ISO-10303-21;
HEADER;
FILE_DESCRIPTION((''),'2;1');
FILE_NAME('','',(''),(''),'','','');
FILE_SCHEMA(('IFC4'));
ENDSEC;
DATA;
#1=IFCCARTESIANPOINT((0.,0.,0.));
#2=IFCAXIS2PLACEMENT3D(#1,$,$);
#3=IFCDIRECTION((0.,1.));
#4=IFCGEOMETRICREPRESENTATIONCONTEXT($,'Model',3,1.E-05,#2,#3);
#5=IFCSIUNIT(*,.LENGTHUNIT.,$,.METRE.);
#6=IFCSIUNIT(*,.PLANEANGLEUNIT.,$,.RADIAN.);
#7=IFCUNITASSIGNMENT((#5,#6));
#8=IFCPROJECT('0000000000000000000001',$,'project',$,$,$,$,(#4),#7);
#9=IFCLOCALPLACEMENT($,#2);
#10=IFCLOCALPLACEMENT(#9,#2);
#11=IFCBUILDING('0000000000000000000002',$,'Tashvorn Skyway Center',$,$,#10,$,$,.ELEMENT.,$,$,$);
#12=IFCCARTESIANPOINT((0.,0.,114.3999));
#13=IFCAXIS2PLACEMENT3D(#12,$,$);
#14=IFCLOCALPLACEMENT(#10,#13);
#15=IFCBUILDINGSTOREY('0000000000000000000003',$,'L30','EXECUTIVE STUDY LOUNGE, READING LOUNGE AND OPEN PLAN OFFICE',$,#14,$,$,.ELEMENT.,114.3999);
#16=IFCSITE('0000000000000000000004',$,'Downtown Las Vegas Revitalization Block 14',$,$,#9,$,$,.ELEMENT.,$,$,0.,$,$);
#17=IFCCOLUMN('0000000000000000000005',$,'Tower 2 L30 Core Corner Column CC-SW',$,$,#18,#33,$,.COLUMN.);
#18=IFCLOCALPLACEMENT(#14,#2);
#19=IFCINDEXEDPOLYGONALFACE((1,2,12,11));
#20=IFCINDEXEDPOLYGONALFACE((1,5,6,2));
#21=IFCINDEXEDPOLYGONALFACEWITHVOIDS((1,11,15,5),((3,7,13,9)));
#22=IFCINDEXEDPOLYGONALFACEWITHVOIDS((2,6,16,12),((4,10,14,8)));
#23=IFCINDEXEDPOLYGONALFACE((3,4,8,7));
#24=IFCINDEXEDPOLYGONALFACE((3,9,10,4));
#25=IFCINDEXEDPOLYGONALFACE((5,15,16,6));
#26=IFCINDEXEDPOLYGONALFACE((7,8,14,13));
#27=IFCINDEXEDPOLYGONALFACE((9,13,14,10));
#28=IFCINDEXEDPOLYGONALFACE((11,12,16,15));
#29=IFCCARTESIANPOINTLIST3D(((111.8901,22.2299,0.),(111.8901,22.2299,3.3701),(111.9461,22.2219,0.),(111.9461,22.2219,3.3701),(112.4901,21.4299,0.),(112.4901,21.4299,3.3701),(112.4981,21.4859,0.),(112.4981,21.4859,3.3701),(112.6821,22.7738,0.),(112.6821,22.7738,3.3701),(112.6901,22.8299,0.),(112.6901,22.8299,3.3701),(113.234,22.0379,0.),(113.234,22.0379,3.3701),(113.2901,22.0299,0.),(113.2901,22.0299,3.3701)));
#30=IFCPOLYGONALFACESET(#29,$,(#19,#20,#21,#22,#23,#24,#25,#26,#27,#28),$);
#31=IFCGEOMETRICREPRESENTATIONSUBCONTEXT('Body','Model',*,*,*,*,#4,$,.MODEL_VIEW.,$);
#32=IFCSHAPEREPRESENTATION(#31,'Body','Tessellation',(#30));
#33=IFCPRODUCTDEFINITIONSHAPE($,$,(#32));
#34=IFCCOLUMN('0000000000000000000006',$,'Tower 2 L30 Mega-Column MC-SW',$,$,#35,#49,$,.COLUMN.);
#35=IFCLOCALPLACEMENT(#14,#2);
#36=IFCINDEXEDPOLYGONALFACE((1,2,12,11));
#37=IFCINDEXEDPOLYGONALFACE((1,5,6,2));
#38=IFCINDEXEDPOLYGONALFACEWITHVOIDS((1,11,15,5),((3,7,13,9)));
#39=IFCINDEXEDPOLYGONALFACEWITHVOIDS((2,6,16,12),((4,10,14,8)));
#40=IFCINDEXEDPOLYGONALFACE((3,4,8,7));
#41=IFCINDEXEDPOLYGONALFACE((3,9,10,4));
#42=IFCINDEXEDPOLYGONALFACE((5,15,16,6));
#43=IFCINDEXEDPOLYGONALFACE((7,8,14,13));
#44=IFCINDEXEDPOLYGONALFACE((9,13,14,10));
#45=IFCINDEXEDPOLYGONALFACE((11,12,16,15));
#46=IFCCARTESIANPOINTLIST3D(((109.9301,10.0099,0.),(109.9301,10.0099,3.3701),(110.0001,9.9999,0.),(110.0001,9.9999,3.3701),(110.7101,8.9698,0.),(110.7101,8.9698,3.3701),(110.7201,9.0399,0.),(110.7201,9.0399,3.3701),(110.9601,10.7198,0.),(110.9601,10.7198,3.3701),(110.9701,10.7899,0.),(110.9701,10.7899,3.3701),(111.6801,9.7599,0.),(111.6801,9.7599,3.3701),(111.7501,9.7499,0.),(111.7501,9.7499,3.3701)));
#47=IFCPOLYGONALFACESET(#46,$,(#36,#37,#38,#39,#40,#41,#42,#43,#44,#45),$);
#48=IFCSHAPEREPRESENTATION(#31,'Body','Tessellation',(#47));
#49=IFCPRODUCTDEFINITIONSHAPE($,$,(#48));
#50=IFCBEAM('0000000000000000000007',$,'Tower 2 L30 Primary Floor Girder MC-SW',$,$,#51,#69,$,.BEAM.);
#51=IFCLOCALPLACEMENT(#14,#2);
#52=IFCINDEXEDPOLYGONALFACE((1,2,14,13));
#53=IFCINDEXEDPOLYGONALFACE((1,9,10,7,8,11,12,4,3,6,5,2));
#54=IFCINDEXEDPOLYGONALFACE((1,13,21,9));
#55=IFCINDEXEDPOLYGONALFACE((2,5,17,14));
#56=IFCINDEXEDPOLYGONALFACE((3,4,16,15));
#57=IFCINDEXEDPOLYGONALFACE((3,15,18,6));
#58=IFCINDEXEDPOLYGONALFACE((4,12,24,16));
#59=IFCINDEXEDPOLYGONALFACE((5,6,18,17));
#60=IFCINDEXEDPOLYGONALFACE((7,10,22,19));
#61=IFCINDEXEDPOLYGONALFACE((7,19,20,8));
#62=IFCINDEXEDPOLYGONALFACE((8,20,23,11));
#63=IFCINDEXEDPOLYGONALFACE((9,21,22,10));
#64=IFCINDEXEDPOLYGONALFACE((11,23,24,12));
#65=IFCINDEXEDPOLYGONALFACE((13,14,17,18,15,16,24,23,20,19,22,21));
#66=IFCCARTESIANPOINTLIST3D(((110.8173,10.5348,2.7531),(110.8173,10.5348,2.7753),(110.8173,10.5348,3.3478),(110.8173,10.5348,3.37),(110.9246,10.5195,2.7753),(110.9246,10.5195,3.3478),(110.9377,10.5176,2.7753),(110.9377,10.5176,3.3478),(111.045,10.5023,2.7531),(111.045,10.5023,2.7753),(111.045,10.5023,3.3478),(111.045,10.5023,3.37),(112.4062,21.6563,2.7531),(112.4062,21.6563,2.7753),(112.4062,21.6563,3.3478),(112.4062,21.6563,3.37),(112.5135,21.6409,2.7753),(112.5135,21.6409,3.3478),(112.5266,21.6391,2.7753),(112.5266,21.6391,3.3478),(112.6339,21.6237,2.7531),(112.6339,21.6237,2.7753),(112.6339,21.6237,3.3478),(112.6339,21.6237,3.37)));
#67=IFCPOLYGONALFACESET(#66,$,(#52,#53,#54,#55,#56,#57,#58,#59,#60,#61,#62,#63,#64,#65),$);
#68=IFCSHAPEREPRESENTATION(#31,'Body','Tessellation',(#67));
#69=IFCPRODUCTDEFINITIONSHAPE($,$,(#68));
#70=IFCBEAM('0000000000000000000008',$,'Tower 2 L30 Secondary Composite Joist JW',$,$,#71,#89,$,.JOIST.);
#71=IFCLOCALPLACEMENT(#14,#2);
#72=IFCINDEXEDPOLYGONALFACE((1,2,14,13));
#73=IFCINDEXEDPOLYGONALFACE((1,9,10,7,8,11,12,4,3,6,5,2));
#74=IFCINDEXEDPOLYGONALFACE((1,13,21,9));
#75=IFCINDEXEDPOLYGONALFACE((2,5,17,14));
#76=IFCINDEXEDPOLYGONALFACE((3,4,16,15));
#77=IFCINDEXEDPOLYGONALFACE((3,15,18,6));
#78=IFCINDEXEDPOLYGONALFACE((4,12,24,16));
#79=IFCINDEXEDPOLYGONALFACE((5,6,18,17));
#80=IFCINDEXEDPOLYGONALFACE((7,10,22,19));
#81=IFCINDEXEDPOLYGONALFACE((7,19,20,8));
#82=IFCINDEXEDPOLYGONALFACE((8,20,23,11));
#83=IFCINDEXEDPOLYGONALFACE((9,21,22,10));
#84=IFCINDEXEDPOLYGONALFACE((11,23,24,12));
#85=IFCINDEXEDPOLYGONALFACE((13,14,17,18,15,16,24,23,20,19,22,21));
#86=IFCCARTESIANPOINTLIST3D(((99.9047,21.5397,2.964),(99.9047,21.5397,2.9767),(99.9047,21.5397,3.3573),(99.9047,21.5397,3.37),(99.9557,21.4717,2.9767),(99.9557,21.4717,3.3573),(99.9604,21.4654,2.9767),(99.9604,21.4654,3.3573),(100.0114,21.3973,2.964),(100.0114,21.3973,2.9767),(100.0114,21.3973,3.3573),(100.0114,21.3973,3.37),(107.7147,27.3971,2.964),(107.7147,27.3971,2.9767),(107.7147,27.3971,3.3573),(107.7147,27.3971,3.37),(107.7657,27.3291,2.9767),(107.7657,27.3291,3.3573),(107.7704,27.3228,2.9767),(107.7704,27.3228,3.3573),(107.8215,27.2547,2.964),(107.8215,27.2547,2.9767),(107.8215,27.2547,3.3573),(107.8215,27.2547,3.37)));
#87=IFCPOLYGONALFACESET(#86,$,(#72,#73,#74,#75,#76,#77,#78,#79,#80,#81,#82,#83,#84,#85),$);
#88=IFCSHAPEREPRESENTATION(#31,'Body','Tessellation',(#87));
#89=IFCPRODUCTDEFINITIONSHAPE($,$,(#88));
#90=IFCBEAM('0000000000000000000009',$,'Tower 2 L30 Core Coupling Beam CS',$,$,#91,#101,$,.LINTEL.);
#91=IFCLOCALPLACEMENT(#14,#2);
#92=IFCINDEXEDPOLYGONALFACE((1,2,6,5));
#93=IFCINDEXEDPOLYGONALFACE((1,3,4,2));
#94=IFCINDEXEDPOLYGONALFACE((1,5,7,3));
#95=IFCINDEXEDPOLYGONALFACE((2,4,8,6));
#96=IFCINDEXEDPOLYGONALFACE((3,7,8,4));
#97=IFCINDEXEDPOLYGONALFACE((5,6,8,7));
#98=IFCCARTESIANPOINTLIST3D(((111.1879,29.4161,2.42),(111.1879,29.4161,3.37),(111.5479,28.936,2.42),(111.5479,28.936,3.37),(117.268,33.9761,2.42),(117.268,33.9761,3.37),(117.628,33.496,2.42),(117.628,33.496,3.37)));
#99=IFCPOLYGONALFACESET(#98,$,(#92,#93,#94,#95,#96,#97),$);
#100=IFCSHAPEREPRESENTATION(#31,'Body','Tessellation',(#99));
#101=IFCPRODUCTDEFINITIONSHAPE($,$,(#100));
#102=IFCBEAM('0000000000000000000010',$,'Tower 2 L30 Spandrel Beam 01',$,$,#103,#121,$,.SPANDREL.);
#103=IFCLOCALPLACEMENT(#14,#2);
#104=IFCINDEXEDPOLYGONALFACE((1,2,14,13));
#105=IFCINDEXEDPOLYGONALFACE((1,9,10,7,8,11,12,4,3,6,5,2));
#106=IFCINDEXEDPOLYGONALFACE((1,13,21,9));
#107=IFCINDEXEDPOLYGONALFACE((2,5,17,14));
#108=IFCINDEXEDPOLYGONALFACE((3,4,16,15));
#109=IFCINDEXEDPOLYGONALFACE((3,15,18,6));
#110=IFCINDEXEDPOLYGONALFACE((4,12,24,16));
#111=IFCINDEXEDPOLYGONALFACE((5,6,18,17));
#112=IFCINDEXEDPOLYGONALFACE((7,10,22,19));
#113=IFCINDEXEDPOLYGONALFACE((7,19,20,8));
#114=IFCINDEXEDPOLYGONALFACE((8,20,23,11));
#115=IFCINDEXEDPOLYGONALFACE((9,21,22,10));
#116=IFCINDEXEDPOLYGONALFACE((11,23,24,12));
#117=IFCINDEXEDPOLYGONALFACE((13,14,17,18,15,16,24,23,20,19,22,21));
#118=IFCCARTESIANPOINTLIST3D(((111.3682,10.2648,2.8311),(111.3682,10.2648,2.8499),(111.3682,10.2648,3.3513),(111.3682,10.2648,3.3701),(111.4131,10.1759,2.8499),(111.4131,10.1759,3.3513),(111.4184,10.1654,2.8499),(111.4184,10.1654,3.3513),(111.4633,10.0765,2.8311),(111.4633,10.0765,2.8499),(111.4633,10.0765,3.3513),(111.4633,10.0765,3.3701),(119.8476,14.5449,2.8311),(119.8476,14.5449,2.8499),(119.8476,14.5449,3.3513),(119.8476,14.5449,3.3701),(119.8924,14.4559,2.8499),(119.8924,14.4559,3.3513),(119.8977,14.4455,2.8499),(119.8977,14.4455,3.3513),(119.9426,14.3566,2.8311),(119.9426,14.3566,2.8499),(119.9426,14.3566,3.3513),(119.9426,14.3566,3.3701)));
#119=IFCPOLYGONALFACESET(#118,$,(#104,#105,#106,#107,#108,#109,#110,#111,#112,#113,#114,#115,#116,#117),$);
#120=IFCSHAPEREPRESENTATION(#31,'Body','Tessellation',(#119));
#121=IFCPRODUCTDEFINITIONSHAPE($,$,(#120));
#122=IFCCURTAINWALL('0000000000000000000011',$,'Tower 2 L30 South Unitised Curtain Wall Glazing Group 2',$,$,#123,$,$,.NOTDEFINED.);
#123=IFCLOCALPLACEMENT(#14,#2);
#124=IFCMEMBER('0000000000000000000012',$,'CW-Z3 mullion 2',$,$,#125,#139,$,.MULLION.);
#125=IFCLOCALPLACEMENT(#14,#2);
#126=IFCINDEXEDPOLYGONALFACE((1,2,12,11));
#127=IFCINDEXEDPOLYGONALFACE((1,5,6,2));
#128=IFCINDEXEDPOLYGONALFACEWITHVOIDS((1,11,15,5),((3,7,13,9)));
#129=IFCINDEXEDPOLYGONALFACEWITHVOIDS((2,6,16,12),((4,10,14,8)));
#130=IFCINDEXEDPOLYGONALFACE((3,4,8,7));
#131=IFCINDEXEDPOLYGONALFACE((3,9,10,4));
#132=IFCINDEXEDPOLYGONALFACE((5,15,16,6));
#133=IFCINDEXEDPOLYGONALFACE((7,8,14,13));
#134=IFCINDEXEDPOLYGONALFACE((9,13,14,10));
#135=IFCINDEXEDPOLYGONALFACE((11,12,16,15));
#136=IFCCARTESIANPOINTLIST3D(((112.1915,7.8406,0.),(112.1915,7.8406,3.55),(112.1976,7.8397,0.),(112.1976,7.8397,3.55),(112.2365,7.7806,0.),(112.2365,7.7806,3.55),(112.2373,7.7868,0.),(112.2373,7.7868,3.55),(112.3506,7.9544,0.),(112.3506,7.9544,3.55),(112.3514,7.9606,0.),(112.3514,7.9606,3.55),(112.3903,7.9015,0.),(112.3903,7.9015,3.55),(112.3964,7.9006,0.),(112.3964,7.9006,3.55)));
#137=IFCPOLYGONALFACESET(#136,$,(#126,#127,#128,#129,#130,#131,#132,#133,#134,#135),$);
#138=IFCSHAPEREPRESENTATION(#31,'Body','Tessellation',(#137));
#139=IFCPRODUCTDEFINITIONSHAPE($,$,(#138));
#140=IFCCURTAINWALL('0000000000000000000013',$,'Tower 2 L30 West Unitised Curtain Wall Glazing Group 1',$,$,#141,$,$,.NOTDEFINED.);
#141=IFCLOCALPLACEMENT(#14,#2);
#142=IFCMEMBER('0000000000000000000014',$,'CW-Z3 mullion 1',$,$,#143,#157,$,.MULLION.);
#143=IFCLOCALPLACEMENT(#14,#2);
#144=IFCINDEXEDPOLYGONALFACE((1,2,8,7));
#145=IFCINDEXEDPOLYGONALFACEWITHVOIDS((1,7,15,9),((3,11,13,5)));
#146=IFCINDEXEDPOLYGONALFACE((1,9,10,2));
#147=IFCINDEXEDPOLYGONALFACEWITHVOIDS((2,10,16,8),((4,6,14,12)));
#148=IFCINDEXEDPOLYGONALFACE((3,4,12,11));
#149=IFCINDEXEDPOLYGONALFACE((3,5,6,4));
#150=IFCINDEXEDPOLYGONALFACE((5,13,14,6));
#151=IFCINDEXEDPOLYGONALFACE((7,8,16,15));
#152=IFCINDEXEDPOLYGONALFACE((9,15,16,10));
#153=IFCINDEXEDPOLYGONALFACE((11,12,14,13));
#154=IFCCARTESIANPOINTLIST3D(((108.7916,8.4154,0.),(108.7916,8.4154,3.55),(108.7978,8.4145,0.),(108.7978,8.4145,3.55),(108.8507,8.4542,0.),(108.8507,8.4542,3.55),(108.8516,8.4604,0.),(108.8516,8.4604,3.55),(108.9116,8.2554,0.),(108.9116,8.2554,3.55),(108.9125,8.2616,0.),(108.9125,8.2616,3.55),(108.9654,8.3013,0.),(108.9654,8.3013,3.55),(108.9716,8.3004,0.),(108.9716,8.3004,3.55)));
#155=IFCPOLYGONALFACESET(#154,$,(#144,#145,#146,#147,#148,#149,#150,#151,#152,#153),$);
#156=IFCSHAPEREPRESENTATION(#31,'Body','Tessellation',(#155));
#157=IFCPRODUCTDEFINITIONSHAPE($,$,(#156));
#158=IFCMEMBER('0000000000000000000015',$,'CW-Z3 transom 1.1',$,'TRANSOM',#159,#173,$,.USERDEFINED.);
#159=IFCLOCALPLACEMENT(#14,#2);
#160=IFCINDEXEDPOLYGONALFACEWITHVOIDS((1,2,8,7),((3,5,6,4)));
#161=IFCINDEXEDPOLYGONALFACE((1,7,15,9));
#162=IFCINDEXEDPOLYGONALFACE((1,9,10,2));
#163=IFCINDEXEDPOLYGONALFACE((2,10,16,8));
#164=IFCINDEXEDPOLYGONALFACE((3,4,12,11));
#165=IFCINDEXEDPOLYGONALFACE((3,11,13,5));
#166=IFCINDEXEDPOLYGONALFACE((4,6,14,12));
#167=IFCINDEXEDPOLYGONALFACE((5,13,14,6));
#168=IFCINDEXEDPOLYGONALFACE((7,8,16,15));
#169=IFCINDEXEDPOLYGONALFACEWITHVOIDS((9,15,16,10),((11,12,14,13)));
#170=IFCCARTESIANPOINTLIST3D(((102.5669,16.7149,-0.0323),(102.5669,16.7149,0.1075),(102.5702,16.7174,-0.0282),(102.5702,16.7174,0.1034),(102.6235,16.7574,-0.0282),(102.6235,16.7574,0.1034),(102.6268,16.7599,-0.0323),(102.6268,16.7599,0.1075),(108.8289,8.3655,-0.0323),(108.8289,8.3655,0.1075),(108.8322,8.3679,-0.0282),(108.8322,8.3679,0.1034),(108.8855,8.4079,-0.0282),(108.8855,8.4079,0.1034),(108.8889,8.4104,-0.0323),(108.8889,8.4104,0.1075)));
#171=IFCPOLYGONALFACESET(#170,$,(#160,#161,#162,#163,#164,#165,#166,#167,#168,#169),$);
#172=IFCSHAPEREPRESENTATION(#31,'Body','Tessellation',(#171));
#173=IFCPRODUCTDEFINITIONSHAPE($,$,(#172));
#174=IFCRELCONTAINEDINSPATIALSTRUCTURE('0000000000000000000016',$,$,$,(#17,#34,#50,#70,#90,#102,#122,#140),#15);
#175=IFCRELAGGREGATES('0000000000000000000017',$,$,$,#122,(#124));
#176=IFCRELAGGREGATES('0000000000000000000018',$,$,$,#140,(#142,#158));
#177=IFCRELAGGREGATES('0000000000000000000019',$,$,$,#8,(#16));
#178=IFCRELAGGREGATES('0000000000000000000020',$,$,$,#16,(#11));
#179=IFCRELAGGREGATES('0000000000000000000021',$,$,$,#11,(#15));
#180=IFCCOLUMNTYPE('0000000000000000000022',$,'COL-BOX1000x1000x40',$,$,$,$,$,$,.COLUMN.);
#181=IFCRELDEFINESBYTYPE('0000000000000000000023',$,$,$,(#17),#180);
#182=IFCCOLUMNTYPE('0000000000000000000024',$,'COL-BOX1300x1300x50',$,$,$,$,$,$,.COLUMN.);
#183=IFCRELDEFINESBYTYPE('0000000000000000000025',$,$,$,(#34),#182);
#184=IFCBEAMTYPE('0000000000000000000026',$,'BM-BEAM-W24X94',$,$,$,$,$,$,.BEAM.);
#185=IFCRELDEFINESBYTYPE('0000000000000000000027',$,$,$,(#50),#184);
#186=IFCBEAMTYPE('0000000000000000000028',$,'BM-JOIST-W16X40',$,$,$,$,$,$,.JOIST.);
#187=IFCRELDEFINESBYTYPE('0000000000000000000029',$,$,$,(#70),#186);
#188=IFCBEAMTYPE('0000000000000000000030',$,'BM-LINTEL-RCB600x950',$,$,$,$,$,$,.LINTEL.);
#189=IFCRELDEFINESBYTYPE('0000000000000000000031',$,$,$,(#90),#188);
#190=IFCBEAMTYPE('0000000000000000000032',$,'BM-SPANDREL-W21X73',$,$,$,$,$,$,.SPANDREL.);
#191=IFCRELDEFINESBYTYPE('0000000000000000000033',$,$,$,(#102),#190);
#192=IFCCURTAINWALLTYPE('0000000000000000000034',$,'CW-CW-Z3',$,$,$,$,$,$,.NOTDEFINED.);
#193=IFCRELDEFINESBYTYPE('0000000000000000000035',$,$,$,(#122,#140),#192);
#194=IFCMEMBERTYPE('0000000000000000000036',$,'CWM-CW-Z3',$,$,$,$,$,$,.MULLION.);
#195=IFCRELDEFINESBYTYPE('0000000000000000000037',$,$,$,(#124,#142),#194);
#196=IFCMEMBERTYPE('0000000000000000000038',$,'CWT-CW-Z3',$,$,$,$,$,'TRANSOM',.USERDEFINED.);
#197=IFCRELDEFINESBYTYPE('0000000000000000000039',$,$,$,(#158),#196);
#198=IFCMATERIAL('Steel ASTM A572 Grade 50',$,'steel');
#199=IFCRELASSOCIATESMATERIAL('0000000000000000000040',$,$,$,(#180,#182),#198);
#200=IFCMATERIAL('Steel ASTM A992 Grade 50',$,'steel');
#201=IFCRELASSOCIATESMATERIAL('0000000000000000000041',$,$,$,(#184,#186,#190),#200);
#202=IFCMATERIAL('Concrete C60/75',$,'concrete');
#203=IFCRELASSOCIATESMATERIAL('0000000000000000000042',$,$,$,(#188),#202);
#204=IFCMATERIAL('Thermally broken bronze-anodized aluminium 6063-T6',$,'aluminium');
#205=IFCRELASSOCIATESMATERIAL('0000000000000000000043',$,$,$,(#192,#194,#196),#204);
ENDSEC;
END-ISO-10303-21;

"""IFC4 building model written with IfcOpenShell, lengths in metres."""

from ifc_helpers import new_model, si_unit, direction, frame, origin, origin_2d, place, context, subcontext, project, spatial, rectangle, hollow_rectangle, i_section, extrude, material, material_profile, profile_set, type_object, element, aggregate, save


model = new_model("IFC4")

# Units and contexts
model_context = context("Model", 3, precision=1e-05, world=origin(), true_north=direction((0.0, 1.0)))
body_context = subcontext(model_context, "Body", "Model", "MODEL_VIEW")
ifc_project = project(units=[si_unit("LENGTHUNIT", "METRE"), si_unit("PLANEANGLEUNIT", "RADIAN")], contexts=[model_context])

# Site, building, storey
site_placement = place(None, origin())
site = spatial("IfcSite", under=ifc_project, at=site_placement, Name="Downtown Las Vegas Revitalization Block 14", CompositionType="ELEMENT", RefElevation=0.0)
building_placement = place(site_placement, origin())
building = spatial("IfcBuilding", under=site, at=building_placement, Name="Tashvorn Skyway Center", CompositionType="ELEMENT")
storey_placement = place(building_placement, frame((0.0, 0.0, 114.3999)))
storey = spatial("IfcBuildingStorey", under=building, at=storey_placement, Name="L30", Description="EXECUTIVE STUDY LOUNGE, READING LOUNGE AND OPEN PLAN OFFICE", CompositionType="ELEMENT", Elevation=114.3999)

# Columns
ifc_material_1 = material(Name="Steel ASTM A572 Grade 50", Category="steel")
ifc_material_profile_1 = material_profile(ifc_material_1, hollow_rectangle(XDim=1.0, YDim=1.0, WallThickness=0.04, at=origin_2d()), Name="BOX1000x1000x40")
ifc_profile_set_1 = profile_set([ifc_material_profile_1], Name="Steel ASTM A572 Grade 50")
column_type_1 = type_object("IfcColumnType", Name="COL-BOX1000x1000x40", PredefinedType="COLUMN", material=ifc_profile_set_1)
column_1_placement = place(storey_placement, frame((112.5901, 22.1299, 0.0), z_axis=(0.0, 0.0, 1.0), x_axis=(0.8, 0.6, 0.0)))
element("IfcColumn", 1, at=column_1_placement, inside=storey, type_object=column_type_1, Name="Tower 2 L30 Core Corner Column CC-SW", PredefinedType="COLUMN", context=body_context, shape_type="SweptSolid", body=[
    extrude(hollow_rectangle(XDim=1.0, YDim=1.0, WallThickness=0.04, at=origin_2d()), origin(), (0.0, 0.0, 1.0), 3.3701),
])
ifc_material_profile_2 = material_profile(ifc_material_1, hollow_rectangle(XDim=1.3, YDim=1.3, WallThickness=0.05, at=origin_2d()), Name="BOX1300x1300x50")
ifc_profile_set_2 = profile_set([ifc_material_profile_2], Name="Steel ASTM A572 Grade 50")
column_type_2 = type_object("IfcColumnType", Name="COL-BOX1300x1300x50", PredefinedType="COLUMN", material=ifc_profile_set_2)
column_2_placement = place(storey_placement, frame((110.8401, 9.8799, 0.0), z_axis=(0.0, 0.0, 1.0), x_axis=(0.8, 0.6, 0.0)))
element("IfcColumn", 2, at=column_2_placement, inside=storey, type_object=column_type_2, Name="Tower 2 L30 Mega-Column MC-SW", PredefinedType="COLUMN", context=body_context, shape_type="SweptSolid", body=[
    extrude(hollow_rectangle(XDim=1.3, YDim=1.3, WallThickness=0.05, at=origin_2d()), origin(), (0.0, 0.0, 1.0), 3.3701),
])

# Beams
ifc_material_2 = material(Name="Steel ASTM A992 Grade 50", Category="steel")
ifc_material_profile_3 = material_profile(ifc_material_2, i_section(OverallWidth=0.23, OverallDepth=0.6169, WebThickness=0.0132, FlangeThickness=0.0222, at=origin_2d()), Name="W24X94")
ifc_profile_set_3 = profile_set([ifc_material_profile_3], Name="Steel ASTM A992 Grade 50")
beam_type_1 = type_object("IfcBeamType", Name="BM-BEAM-W24X94", PredefinedType="BEAM", material=ifc_profile_set_3)
beam_1_placement = place(storey_placement, frame((110.9312, 10.5186, 3.0615), z_axis=(0.14143, 0.989948, 0.0), x_axis=(-0.989948, 0.14143, 0.0)))
element("IfcBeam", 3, at=beam_1_placement, inside=storey, type_object=beam_type_1, Name="Tower 2 L30 Primary Floor Girder MC-SW", PredefinedType="BEAM", context=body_context, shape_type="SweptSolid", body=[
    extrude(i_section(OverallWidth=0.23, OverallDepth=0.6169, WebThickness=0.0132, FlangeThickness=0.0222, at=origin_2d()), origin(), (0.0, 0.0, 1.0), 11.2344),
])
ifc_material_profile_4 = material_profile(ifc_material_2, i_section(OverallWidth=0.178, OverallDepth=0.406, WebThickness=0.0078, FlangeThickness=0.0127, at=origin_2d()), Name="W16X40")
ifc_profile_set_4 = profile_set([ifc_material_profile_4], Name="Steel ASTM A992 Grade 50")
beam_type_2 = type_object("IfcBeamType", Name="BM-JOIST-W16X40", PredefinedType="JOIST", material=ifc_profile_set_4)
beam_2_placement = place(storey_placement, frame((107.7681, 27.3259, 3.167), z_axis=(-0.800006, -0.599992, 0.0), x_axis=(0.599992, -0.800006, 0.0)))
element("IfcBeam", 4, at=beam_2_placement, inside=storey, type_object=beam_type_2, Name="Tower 2 L30 Secondary Composite Joist JW", PredefinedType="JOIST", context=body_context, shape_type="SweptSolid", body=[
    extrude(i_section(OverallWidth=0.178, OverallDepth=0.406, WebThickness=0.0078, FlangeThickness=0.0127, at=origin_2d()), origin(), (0.0, 0.0, 1.0), 9.7625),
])
ifc_material_3 = material(Name="Concrete C60/75", Category="concrete")
ifc_material_profile_5 = material_profile(ifc_material_3, rectangle(XDim=0.6001, YDim=0.95, at=origin_2d()), Name="RCB600x950")
ifc_profile_set_5 = profile_set([ifc_material_profile_5], Name="Concrete C60/75")
beam_type_3 = type_object("IfcBeamType", Name="BM-LINTEL-RCB600x950", PredefinedType="LINTEL", material=ifc_profile_set_5)
beam_3_placement = place(storey_placement, frame((111.3679, 29.176, 2.895), z_axis=(0.8, 0.6, 0.0), x_axis=(-0.6, 0.8, 0.0)))
element("IfcBeam", 5, at=beam_3_placement, inside=storey, type_object=beam_type_3, Name="Tower 2 L30 Core Coupling Beam CS", PredefinedType="LINTEL", context=body_context, shape_type="SweptSolid", body=[
    extrude(rectangle(XDim=0.6001, YDim=0.95, at=origin_2d()), origin(), (0.0, 0.0, 1.0), 7.6001),
])
ifc_material_profile_6 = material_profile(ifc_material_2, i_section(OverallWidth=0.2109, OverallDepth=0.5391, WebThickness=0.0117, FlangeThickness=0.0188, at=origin_2d()), Name="W21X73")
ifc_profile_set_6 = profile_set([ifc_material_profile_6], Name="Steel ASTM A992 Grade 50")
beam_type_4 = type_object("IfcBeamType", Name="BM-SPANDREL-W21X73", PredefinedType="SPANDREL", material=ifc_profile_set_6)
beam_4_placement = place(storey_placement, frame((111.4158, 10.1707, 3.1006), z_axis=(0.892719, 0.450614, 0.0), x_axis=(-0.450614, 0.892719, 0.0)))
element("IfcBeam", 6, at=beam_4_placement, inside=storey, type_object=beam_type_4, Name="Tower 2 L30 Spandrel Beam 01", PredefinedType="SPANDREL", context=body_context, shape_type="SweptSolid", body=[
    extrude(i_section(OverallWidth=0.2109, OverallDepth=0.5391, WebThickness=0.0117, FlangeThickness=0.0188, at=origin_2d()), origin(), (0.0, 0.0, 1.0), 9.4983),
])

# Curtain wall, member
ifc_material_4 = material(Name="Thermally broken bronze-anodized aluminium 6063-T6", Category="aluminium")
curtain_wall_type = type_object("IfcCurtainWallType", Name="CW-CW-Z3", PredefinedType="NOTDEFINED", material=ifc_material_4)
curtain_wall_1_placement = place(storey_placement, origin())
curtain_wall_1 = element("IfcCurtainWall", 7, at=curtain_wall_1_placement, inside=storey, type_object=curtain_wall_type, Name="Tower 2 L30 South Unitised Curtain Wall Glazing Group 2", PredefinedType="NOTDEFINED")
ifc_material_profile_7 = material_profile(ifc_material_4, hollow_rectangle(XDim=0.075, YDim=0.2, WallThickness=0.0044, at=origin_2d()), Name="ALU-MULL-75x200")
ifc_profile_set_7 = profile_set([ifc_material_profile_7], Name="Thermally broken bronze-anodized aluminium 6063-T6")
member_type_1 = type_object("IfcMemberType", Name="CWM-CW-Z3", PredefinedType="MULLION", material=ifc_profile_set_7)
member_1_placement = place(storey_placement, frame((112.2939, 7.8706, 0.0), z_axis=(0.0, 0.0, 1.0), x_axis=(0.600002, -0.799999, 0.0)))
member_1 = element("IfcMember", 8, at=member_1_placement, type_object=member_type_1, Name="CW-Z3 mullion 2", PredefinedType="MULLION", context=body_context, shape_type="SweptSolid", body=[
    extrude(hollow_rectangle(XDim=0.075, YDim=0.2, WallThickness=0.0044, at=origin_2d()), origin(), (0.0, 0.0, 1.0), 3.55),
])
aggregate(curtain_wall_1, [member_1])

# Curtain wall, members
curtain_wall_2_placement = place(storey_placement, origin())
curtain_wall_2 = element("IfcCurtainWall", 9, at=curtain_wall_2_placement, inside=storey, type_object=curtain_wall_type, Name="Tower 2 L30 West Unitised Curtain Wall Glazing Group 1", PredefinedType="NOTDEFINED")
member_2_placement = place(storey_placement, frame((108.8816, 8.3579, 0.0), z_axis=(0.0, 0.0, 1.0), x_axis=(-0.799999, -0.600002, 0.0)))
member_2 = element("IfcMember", 10, at=member_2_placement, type_object=member_type_1, Name="CW-Z3 mullion 1", PredefinedType="MULLION", context=body_context, shape_type="SweptSolid", body=[
    extrude(hollow_rectangle(XDim=0.075, YDim=0.2, WallThickness=0.0044, at=origin_2d()), origin(), (0.0, 0.0, 1.0), 3.55),
])
ifc_material_profile_8 = material_profile(ifc_material_4, hollow_rectangle(XDim=0.075, YDim=0.1399, WallThickness=0.0042, at=origin_2d()), Name="ALU-TRAN-75x140")
ifc_profile_set_8 = profile_set([ifc_material_profile_8], Name="Thermally broken bronze-anodized aluminium 6063-T6")
member_type_2 = type_object("IfcMemberType", Name="CWT-CW-Z3", ElementType="TRANSOM", PredefinedType="USERDEFINED", material=ifc_profile_set_8)
member_3_placement = place(storey_placement, frame((108.8589, 8.3879, 0.0376), z_axis=(-0.599996, 0.800003, 0.0), x_axis=(-0.800003, -0.599996, 0.0)))
member_3 = element("IfcMember", 11, at=member_3_placement, type_object=member_type_2, Name="CW-Z3 transom 1.1", ObjectType="TRANSOM", PredefinedType="USERDEFINED", context=body_context, shape_type="SweptSolid", body=[
    extrude(hollow_rectangle(XDim=0.075, YDim=0.1399, WallThickness=0.0042, at=origin_2d()), origin(), (0.0, 0.0, 1.0), 10.4368),
])
aggregate(curtain_wall_2, [member_2, member_3])

save(model, "model.ifc")
